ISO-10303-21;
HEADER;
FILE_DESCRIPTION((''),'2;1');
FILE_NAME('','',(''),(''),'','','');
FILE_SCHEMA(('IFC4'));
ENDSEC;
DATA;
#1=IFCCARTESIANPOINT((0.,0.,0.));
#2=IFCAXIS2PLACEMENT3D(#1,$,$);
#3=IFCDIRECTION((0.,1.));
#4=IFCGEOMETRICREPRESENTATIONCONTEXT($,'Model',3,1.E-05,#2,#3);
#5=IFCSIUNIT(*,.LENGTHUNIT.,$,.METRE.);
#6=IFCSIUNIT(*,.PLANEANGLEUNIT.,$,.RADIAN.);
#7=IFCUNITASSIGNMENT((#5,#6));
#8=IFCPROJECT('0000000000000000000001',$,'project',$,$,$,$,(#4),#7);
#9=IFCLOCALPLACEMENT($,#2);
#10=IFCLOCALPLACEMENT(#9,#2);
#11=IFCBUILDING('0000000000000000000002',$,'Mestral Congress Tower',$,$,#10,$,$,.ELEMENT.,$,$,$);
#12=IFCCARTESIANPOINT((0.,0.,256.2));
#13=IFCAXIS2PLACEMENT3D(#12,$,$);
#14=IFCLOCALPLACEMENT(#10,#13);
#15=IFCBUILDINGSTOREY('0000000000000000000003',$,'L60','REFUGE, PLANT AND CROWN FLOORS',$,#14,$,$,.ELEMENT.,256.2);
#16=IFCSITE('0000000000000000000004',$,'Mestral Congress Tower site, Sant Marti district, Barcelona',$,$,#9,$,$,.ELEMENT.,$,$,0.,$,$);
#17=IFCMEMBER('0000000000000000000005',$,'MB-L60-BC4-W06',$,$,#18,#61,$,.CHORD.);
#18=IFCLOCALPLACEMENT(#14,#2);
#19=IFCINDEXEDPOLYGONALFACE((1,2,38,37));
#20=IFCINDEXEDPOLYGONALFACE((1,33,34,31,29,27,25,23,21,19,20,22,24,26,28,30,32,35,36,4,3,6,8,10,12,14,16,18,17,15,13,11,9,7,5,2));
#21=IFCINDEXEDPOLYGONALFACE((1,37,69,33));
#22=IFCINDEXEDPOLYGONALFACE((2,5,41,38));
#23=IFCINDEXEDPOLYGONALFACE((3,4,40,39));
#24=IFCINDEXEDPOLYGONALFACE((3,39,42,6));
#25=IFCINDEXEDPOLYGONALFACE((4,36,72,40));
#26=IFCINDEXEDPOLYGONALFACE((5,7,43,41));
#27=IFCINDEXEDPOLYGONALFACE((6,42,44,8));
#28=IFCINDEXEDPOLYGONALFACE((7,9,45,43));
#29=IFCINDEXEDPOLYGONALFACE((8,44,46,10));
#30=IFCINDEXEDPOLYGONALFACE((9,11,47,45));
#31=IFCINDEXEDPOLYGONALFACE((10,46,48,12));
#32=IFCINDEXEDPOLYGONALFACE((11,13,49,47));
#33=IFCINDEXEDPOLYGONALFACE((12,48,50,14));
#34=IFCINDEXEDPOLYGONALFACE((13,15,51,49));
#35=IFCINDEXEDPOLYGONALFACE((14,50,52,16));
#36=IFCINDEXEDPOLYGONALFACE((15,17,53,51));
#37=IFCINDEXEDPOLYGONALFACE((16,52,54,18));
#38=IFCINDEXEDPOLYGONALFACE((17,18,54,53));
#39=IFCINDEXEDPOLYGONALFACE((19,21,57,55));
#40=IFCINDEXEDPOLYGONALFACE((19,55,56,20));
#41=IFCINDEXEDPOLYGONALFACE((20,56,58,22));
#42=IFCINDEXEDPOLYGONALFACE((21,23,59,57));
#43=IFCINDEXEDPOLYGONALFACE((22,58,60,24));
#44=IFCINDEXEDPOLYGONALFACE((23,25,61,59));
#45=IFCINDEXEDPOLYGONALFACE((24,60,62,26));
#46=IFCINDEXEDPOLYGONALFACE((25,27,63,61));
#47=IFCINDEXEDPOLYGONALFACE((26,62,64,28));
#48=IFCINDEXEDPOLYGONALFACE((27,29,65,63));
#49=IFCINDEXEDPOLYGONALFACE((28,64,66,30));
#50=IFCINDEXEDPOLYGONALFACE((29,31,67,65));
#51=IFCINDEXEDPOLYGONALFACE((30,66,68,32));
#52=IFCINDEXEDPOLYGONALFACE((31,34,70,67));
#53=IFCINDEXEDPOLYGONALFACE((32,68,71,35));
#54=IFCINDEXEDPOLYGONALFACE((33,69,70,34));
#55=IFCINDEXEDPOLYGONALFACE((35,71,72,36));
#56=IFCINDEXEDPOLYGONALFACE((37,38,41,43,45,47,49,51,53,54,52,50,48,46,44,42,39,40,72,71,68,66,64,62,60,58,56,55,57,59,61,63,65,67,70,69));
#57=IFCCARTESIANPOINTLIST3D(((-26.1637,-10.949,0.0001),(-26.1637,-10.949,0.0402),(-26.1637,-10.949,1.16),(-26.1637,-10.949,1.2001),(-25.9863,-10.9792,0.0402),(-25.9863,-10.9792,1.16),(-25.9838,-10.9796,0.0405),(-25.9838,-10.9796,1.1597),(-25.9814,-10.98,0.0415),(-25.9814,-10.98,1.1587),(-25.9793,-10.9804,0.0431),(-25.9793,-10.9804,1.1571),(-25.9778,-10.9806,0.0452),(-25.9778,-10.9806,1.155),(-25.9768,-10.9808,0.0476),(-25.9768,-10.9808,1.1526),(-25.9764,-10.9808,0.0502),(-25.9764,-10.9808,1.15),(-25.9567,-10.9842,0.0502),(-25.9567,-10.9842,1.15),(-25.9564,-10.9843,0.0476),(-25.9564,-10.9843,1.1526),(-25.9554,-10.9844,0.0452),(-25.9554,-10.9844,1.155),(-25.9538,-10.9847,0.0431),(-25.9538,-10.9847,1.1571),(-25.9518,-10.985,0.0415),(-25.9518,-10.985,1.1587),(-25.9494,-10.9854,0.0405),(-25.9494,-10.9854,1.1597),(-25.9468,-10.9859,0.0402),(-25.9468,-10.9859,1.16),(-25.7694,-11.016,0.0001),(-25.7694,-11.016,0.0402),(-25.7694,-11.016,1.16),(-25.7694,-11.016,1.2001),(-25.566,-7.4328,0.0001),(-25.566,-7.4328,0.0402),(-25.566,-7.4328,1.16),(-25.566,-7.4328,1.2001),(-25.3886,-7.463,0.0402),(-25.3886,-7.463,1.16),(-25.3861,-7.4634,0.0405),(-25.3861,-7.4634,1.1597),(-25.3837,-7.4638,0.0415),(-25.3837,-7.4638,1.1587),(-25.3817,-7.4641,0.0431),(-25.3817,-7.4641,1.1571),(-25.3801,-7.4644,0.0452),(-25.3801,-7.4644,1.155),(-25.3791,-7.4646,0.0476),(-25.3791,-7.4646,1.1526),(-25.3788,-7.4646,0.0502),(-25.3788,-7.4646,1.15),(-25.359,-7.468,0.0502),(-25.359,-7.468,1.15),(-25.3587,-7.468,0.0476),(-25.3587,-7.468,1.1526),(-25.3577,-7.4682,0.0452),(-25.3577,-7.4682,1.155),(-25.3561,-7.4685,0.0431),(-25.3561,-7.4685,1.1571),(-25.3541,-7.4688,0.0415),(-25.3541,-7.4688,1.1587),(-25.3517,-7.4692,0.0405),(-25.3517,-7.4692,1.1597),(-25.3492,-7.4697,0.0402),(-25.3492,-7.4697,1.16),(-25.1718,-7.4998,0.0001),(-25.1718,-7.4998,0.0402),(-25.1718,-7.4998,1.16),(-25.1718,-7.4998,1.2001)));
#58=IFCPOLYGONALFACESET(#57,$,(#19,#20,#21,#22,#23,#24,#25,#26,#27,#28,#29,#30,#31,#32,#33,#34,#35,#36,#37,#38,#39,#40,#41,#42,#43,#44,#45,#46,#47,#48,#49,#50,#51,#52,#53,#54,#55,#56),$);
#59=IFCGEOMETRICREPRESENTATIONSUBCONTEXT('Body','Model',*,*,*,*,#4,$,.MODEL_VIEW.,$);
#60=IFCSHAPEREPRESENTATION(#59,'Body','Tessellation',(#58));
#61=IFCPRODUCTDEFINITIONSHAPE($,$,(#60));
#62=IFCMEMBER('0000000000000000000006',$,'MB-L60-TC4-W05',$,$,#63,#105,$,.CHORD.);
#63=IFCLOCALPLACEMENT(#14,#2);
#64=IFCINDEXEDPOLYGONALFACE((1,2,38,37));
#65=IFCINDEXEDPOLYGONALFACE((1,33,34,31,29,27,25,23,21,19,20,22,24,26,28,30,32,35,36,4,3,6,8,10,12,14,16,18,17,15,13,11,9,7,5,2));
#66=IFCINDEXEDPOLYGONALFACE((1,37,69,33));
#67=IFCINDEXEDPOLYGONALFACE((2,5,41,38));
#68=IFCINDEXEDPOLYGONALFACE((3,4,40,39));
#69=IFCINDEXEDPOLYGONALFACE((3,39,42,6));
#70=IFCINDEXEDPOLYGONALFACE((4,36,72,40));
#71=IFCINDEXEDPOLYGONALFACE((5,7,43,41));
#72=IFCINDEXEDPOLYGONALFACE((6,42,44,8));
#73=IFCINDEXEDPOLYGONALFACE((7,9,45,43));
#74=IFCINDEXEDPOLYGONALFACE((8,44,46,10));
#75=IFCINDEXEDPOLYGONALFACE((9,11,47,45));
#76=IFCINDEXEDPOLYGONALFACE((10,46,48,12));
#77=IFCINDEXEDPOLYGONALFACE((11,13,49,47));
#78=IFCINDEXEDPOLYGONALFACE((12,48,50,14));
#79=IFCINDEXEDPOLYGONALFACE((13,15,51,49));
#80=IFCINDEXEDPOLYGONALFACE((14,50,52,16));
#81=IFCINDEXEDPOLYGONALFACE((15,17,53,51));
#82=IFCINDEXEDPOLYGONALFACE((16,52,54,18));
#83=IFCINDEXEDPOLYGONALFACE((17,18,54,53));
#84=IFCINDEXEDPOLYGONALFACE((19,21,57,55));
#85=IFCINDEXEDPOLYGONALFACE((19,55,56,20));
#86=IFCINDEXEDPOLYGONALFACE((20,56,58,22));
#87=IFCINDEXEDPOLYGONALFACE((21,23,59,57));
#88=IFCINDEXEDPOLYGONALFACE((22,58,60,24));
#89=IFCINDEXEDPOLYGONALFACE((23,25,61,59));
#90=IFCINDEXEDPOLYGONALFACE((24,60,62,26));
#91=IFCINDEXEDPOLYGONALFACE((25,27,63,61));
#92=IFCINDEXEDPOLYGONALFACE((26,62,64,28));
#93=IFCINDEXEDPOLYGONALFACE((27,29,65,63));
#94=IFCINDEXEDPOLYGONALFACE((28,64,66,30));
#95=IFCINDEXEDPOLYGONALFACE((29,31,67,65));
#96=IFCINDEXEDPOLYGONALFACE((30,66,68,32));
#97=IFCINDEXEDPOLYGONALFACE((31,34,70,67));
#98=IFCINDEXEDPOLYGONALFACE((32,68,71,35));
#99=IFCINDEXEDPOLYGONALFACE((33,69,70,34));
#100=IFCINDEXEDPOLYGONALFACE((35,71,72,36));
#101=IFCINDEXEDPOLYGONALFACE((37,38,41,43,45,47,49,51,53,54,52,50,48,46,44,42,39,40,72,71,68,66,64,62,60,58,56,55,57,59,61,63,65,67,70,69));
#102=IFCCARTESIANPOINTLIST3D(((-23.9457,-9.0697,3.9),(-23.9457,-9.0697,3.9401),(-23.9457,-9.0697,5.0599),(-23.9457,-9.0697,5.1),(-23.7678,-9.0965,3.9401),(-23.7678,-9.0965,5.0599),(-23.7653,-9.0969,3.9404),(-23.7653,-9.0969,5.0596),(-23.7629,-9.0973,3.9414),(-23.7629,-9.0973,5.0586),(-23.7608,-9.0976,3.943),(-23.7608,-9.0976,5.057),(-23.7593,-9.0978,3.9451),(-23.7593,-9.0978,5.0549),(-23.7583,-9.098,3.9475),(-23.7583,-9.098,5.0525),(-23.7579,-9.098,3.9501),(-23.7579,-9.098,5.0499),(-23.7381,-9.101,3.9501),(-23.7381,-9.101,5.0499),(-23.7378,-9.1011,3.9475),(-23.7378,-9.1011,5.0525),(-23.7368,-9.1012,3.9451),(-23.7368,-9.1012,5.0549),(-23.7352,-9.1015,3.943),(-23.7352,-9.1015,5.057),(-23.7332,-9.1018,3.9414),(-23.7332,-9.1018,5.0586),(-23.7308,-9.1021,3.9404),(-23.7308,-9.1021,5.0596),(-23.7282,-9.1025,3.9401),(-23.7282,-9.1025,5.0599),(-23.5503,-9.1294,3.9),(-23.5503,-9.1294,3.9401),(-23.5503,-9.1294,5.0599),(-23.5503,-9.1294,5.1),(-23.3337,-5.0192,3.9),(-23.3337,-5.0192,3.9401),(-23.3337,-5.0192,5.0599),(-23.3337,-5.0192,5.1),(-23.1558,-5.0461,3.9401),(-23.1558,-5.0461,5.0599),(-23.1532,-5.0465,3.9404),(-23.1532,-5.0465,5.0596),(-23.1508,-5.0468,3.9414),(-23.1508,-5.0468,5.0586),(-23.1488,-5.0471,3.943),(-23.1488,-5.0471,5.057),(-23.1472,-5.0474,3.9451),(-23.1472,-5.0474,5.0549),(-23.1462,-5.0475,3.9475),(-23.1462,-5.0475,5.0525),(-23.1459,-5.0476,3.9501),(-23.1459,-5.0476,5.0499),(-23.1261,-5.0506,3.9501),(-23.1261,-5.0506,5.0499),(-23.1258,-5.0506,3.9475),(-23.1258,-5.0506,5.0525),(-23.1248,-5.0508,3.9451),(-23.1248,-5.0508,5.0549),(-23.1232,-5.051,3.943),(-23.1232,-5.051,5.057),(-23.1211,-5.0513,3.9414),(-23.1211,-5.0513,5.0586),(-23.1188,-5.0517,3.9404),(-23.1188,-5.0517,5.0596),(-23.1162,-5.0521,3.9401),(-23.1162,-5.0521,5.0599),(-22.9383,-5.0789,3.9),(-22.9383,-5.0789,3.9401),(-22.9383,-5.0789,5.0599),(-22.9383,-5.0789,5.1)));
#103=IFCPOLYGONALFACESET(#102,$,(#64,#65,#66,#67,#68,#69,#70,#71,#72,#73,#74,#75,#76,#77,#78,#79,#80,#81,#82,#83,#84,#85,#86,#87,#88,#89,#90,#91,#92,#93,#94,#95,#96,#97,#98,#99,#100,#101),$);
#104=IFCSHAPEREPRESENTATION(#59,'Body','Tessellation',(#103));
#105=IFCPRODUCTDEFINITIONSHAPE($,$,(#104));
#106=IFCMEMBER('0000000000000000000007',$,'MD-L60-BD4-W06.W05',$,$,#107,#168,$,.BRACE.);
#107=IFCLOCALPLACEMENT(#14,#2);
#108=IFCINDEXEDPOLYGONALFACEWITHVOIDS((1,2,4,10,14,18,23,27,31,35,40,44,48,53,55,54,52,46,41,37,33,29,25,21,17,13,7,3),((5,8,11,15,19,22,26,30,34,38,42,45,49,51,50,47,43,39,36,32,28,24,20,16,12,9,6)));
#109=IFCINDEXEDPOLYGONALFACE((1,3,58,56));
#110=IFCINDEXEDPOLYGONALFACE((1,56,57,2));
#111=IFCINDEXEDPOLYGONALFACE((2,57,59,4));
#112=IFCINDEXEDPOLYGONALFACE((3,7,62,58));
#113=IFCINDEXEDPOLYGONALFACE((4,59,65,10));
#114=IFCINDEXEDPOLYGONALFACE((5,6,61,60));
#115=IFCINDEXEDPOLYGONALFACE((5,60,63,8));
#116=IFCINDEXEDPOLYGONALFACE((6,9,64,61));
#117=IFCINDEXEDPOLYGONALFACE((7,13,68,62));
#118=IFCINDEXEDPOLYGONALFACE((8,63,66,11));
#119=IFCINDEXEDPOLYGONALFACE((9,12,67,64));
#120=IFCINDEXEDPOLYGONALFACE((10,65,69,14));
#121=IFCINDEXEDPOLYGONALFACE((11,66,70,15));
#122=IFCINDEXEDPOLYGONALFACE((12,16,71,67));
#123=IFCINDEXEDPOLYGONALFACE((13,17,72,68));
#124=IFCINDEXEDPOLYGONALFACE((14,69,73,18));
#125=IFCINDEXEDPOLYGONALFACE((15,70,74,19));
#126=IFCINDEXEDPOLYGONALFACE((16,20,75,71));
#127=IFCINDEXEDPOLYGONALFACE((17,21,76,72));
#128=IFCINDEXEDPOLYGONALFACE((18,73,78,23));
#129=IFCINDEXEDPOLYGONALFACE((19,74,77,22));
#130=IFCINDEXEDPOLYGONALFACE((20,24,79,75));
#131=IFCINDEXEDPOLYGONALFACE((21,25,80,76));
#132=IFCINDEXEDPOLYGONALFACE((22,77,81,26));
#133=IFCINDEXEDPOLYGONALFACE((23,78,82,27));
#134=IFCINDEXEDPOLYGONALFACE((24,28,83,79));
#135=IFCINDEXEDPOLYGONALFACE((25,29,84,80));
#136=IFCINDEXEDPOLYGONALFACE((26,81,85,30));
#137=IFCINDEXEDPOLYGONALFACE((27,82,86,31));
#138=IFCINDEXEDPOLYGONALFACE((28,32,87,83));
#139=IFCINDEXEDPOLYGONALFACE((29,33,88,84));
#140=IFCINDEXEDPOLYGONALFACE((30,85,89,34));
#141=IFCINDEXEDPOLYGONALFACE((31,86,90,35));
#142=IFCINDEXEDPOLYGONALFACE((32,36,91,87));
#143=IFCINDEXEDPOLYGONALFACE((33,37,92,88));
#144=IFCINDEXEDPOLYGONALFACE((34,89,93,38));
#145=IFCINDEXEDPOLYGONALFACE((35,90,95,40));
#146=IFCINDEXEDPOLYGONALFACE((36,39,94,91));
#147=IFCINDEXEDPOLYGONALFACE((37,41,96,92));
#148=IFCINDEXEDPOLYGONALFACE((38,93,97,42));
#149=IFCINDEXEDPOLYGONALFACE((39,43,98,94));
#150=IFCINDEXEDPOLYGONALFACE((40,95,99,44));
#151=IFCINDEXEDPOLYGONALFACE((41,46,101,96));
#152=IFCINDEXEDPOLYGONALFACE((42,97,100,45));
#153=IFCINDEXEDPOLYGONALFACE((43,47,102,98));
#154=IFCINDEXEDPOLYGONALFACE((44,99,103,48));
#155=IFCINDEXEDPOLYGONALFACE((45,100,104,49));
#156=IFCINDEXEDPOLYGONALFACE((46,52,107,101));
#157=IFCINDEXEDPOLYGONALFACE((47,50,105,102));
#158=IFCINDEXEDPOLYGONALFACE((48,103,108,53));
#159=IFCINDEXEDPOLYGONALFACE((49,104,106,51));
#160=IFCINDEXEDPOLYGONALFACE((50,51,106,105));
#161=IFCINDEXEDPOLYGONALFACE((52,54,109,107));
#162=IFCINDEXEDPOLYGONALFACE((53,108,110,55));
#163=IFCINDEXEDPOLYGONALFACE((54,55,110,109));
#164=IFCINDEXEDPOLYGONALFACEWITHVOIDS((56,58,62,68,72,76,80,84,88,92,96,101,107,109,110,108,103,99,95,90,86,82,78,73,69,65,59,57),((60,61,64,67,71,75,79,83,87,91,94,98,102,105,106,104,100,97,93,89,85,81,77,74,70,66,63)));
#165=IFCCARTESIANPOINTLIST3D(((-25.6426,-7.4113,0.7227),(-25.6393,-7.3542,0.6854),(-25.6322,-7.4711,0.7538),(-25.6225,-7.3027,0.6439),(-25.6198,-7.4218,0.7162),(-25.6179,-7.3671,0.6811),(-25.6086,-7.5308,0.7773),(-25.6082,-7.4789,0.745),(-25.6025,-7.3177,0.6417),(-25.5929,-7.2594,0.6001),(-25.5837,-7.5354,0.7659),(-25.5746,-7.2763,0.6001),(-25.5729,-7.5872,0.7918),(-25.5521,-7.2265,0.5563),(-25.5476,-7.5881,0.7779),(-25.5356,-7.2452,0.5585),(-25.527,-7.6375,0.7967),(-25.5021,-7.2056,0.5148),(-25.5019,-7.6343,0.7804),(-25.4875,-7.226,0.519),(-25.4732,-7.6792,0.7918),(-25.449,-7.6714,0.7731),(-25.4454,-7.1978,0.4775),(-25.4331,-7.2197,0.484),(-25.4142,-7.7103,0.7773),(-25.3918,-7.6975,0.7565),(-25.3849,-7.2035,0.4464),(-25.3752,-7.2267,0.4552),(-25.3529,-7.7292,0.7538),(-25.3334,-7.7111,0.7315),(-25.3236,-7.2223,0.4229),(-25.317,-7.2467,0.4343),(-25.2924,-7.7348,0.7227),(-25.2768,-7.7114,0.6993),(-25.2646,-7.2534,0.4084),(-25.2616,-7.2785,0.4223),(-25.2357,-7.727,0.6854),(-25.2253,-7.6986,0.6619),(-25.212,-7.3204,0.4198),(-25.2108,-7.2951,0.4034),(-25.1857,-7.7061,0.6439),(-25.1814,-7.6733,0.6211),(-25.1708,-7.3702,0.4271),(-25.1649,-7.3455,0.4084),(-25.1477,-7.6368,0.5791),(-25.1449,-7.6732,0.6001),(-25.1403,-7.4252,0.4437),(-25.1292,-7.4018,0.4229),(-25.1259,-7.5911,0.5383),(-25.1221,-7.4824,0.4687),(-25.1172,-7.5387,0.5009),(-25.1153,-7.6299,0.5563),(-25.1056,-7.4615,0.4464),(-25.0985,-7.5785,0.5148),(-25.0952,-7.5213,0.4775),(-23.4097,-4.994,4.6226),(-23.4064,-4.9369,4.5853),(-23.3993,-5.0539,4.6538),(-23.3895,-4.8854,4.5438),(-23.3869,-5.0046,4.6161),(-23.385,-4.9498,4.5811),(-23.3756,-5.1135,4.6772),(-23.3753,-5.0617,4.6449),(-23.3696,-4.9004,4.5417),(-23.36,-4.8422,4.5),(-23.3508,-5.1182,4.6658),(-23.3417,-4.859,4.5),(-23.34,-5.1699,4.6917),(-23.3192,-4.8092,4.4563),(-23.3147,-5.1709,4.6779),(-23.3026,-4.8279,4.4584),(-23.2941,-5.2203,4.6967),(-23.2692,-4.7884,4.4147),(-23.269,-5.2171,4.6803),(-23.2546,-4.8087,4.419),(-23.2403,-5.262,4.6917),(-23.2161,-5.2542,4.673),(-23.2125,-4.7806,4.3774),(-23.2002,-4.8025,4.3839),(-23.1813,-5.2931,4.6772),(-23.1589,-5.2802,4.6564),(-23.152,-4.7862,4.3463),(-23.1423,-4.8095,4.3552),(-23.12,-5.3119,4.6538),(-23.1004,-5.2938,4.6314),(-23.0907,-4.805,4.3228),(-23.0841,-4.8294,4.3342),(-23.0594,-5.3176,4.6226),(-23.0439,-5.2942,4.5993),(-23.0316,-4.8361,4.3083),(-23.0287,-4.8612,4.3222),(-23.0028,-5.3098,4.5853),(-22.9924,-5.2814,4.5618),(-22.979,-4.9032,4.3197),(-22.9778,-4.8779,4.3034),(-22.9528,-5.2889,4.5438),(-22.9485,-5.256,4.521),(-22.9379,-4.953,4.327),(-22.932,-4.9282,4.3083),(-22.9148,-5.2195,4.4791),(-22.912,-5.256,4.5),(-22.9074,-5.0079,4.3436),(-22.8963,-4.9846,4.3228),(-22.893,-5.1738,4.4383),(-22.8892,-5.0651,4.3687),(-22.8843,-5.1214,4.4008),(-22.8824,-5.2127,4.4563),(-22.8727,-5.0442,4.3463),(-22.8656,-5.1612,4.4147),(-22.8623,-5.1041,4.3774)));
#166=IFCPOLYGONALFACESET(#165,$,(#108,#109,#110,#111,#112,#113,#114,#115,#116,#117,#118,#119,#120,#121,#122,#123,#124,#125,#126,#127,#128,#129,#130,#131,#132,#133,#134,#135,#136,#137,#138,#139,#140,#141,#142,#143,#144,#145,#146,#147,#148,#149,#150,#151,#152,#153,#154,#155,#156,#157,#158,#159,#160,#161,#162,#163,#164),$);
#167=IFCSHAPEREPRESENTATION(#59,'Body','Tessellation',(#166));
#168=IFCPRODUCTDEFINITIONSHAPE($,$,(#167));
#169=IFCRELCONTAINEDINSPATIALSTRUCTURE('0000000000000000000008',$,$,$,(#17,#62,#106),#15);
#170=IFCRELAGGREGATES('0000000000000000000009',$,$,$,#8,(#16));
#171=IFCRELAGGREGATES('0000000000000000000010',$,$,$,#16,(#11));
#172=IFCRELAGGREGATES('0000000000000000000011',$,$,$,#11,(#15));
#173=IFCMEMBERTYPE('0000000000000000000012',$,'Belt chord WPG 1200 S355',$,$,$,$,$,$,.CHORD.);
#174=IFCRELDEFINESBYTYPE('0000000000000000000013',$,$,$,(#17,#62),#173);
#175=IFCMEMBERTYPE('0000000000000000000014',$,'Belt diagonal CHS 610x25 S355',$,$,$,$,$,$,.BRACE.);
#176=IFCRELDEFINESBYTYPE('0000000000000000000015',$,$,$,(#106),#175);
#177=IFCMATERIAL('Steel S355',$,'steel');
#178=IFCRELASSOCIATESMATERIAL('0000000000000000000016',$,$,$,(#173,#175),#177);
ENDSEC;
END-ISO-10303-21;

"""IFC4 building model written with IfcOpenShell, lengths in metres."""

from ifc_helpers import new_model, si_unit, direction, frame, origin, origin_2d, place, context, subcontext, project, spatial, hollow_circle, i_section, extrude, material, material_profile, profile_set, type_object, element, save


model = new_model("IFC4")

# Units and contexts
model_context = context("Model", 3, precision=1e-05, world=origin(), true_north=direction((0.0, 1.0)))
body_context = subcontext(model_context, "Body", "Model", "MODEL_VIEW")
ifc_project = project(units=[si_unit("LENGTHUNIT", "METRE"), si_unit("PLANEANGLEUNIT", "RADIAN")], contexts=[model_context])

# Site, building, storey
site_placement = place(None, origin())
site = spatial("IfcSite", under=ifc_project, at=site_placement, Name="Mestral Congress Tower site, Sant Marti district, Barcelona", CompositionType="ELEMENT", RefElevation=0.0)
building_placement = place(site_placement, origin())
building = spatial("IfcBuilding", under=site, at=building_placement, Name="Mestral Congress Tower", CompositionType="ELEMENT")
storey_placement = place(building_placement, frame((0.0, 0.0, 256.2)))
storey = spatial("IfcBuildingStorey", under=building, at=storey_placement, Name="L60", Description="REFUGE, PLANT AND CROWN FLOORS", CompositionType="ELEMENT", Elevation=256.2)

# Members
ifc_material_1 = material(Name="Steel S355", Category="steel")
ifc_material_profile_1 = material_profile(ifc_material_1, i_section(OverallWidth=0.3999, OverallDepth=1.2, WebThickness=0.02, FlangeThickness=0.04, FilletRadius=0.01, at=origin_2d()), Name="WPG 1200")
ifc_profile_set_1 = profile_set([ifc_material_profile_1], Name="Steel S355")
member_type_1 = type_object("IfcMemberType", Name="Belt chord WPG 1200 S355", PredefinedType="CHORD", material=ifc_profile_set_1)
member_1_placement = place(storey_placement, frame((-25.3689, -7.4663, 0.6001), z_axis=(-0.167573, -0.98586, 0.0), x_axis=(0.98586, -0.167573, 0.0)))
element("IfcMember", 1, at=member_1_placement, inside=storey, type_object=member_type_1, Name="MB-L60-BC4-W06", PredefinedType="CHORD", context=body_context, shape_type="SweptSolid", body=[
    extrude(i_section(OverallWidth=0.3999, OverallDepth=1.2, WebThickness=0.02, FlangeThickness=0.04, FilletRadius=0.01, at=origin_2d()), origin(), (0.0, 0.0, 1.0), 3.5667),
])
member_2_placement = place(storey_placement, frame((-23.136, -5.0491, 4.5), z_axis=(-0.14941, -0.988775, 0.0), x_axis=(0.988775, -0.14941, 0.0)))
element("IfcMember", 2, at=member_2_placement, inside=storey, type_object=member_type_1, Name="MB-L60-TC4-W05", PredefinedType="CHORD", context=body_context, shape_type="SweptSolid", body=[
    extrude(i_section(OverallWidth=0.3999, OverallDepth=1.2, WebThickness=0.02, FlangeThickness=0.04, FilletRadius=0.01, at=origin_2d()), origin(), (0.0, 0.0, 1.0), 4.0964),
])
ifc_material_profile_2 = material_profile(ifc_material_1, hollow_circle(Radius=0.3049, WallThickness=0.0249, at=origin_2d()), Name="CHS 610x25")
ifc_profile_set_2 = profile_set([ifc_material_profile_2], Name="Steel S355")
member_type_2 = type_object("IfcMemberType", Name="Belt diagonal CHS 610x25 S355", PredefinedType="BRACE", material=ifc_profile_set_2)
member_3_placement = place(storey_placement, frame((-25.3689, -7.4663, 0.6001), z_axis=(0.437589, 0.473712, 0.764273), x_axis=(-0.734559, 0.678545, 0.0)))
element("IfcMember", 3, at=member_3_placement, inside=storey, type_object=member_type_2, Name="MD-L60-BD4-W06.W05", PredefinedType="BRACE", context=body_context, shape_type="SweptSolid", body=[
    extrude(hollow_circle(Radius=0.3049, WallThickness=0.0249, at=origin_2d()), origin(), (0.0, 0.0, 1.0), 5.1028),
])

save(model, "model.ifc")
